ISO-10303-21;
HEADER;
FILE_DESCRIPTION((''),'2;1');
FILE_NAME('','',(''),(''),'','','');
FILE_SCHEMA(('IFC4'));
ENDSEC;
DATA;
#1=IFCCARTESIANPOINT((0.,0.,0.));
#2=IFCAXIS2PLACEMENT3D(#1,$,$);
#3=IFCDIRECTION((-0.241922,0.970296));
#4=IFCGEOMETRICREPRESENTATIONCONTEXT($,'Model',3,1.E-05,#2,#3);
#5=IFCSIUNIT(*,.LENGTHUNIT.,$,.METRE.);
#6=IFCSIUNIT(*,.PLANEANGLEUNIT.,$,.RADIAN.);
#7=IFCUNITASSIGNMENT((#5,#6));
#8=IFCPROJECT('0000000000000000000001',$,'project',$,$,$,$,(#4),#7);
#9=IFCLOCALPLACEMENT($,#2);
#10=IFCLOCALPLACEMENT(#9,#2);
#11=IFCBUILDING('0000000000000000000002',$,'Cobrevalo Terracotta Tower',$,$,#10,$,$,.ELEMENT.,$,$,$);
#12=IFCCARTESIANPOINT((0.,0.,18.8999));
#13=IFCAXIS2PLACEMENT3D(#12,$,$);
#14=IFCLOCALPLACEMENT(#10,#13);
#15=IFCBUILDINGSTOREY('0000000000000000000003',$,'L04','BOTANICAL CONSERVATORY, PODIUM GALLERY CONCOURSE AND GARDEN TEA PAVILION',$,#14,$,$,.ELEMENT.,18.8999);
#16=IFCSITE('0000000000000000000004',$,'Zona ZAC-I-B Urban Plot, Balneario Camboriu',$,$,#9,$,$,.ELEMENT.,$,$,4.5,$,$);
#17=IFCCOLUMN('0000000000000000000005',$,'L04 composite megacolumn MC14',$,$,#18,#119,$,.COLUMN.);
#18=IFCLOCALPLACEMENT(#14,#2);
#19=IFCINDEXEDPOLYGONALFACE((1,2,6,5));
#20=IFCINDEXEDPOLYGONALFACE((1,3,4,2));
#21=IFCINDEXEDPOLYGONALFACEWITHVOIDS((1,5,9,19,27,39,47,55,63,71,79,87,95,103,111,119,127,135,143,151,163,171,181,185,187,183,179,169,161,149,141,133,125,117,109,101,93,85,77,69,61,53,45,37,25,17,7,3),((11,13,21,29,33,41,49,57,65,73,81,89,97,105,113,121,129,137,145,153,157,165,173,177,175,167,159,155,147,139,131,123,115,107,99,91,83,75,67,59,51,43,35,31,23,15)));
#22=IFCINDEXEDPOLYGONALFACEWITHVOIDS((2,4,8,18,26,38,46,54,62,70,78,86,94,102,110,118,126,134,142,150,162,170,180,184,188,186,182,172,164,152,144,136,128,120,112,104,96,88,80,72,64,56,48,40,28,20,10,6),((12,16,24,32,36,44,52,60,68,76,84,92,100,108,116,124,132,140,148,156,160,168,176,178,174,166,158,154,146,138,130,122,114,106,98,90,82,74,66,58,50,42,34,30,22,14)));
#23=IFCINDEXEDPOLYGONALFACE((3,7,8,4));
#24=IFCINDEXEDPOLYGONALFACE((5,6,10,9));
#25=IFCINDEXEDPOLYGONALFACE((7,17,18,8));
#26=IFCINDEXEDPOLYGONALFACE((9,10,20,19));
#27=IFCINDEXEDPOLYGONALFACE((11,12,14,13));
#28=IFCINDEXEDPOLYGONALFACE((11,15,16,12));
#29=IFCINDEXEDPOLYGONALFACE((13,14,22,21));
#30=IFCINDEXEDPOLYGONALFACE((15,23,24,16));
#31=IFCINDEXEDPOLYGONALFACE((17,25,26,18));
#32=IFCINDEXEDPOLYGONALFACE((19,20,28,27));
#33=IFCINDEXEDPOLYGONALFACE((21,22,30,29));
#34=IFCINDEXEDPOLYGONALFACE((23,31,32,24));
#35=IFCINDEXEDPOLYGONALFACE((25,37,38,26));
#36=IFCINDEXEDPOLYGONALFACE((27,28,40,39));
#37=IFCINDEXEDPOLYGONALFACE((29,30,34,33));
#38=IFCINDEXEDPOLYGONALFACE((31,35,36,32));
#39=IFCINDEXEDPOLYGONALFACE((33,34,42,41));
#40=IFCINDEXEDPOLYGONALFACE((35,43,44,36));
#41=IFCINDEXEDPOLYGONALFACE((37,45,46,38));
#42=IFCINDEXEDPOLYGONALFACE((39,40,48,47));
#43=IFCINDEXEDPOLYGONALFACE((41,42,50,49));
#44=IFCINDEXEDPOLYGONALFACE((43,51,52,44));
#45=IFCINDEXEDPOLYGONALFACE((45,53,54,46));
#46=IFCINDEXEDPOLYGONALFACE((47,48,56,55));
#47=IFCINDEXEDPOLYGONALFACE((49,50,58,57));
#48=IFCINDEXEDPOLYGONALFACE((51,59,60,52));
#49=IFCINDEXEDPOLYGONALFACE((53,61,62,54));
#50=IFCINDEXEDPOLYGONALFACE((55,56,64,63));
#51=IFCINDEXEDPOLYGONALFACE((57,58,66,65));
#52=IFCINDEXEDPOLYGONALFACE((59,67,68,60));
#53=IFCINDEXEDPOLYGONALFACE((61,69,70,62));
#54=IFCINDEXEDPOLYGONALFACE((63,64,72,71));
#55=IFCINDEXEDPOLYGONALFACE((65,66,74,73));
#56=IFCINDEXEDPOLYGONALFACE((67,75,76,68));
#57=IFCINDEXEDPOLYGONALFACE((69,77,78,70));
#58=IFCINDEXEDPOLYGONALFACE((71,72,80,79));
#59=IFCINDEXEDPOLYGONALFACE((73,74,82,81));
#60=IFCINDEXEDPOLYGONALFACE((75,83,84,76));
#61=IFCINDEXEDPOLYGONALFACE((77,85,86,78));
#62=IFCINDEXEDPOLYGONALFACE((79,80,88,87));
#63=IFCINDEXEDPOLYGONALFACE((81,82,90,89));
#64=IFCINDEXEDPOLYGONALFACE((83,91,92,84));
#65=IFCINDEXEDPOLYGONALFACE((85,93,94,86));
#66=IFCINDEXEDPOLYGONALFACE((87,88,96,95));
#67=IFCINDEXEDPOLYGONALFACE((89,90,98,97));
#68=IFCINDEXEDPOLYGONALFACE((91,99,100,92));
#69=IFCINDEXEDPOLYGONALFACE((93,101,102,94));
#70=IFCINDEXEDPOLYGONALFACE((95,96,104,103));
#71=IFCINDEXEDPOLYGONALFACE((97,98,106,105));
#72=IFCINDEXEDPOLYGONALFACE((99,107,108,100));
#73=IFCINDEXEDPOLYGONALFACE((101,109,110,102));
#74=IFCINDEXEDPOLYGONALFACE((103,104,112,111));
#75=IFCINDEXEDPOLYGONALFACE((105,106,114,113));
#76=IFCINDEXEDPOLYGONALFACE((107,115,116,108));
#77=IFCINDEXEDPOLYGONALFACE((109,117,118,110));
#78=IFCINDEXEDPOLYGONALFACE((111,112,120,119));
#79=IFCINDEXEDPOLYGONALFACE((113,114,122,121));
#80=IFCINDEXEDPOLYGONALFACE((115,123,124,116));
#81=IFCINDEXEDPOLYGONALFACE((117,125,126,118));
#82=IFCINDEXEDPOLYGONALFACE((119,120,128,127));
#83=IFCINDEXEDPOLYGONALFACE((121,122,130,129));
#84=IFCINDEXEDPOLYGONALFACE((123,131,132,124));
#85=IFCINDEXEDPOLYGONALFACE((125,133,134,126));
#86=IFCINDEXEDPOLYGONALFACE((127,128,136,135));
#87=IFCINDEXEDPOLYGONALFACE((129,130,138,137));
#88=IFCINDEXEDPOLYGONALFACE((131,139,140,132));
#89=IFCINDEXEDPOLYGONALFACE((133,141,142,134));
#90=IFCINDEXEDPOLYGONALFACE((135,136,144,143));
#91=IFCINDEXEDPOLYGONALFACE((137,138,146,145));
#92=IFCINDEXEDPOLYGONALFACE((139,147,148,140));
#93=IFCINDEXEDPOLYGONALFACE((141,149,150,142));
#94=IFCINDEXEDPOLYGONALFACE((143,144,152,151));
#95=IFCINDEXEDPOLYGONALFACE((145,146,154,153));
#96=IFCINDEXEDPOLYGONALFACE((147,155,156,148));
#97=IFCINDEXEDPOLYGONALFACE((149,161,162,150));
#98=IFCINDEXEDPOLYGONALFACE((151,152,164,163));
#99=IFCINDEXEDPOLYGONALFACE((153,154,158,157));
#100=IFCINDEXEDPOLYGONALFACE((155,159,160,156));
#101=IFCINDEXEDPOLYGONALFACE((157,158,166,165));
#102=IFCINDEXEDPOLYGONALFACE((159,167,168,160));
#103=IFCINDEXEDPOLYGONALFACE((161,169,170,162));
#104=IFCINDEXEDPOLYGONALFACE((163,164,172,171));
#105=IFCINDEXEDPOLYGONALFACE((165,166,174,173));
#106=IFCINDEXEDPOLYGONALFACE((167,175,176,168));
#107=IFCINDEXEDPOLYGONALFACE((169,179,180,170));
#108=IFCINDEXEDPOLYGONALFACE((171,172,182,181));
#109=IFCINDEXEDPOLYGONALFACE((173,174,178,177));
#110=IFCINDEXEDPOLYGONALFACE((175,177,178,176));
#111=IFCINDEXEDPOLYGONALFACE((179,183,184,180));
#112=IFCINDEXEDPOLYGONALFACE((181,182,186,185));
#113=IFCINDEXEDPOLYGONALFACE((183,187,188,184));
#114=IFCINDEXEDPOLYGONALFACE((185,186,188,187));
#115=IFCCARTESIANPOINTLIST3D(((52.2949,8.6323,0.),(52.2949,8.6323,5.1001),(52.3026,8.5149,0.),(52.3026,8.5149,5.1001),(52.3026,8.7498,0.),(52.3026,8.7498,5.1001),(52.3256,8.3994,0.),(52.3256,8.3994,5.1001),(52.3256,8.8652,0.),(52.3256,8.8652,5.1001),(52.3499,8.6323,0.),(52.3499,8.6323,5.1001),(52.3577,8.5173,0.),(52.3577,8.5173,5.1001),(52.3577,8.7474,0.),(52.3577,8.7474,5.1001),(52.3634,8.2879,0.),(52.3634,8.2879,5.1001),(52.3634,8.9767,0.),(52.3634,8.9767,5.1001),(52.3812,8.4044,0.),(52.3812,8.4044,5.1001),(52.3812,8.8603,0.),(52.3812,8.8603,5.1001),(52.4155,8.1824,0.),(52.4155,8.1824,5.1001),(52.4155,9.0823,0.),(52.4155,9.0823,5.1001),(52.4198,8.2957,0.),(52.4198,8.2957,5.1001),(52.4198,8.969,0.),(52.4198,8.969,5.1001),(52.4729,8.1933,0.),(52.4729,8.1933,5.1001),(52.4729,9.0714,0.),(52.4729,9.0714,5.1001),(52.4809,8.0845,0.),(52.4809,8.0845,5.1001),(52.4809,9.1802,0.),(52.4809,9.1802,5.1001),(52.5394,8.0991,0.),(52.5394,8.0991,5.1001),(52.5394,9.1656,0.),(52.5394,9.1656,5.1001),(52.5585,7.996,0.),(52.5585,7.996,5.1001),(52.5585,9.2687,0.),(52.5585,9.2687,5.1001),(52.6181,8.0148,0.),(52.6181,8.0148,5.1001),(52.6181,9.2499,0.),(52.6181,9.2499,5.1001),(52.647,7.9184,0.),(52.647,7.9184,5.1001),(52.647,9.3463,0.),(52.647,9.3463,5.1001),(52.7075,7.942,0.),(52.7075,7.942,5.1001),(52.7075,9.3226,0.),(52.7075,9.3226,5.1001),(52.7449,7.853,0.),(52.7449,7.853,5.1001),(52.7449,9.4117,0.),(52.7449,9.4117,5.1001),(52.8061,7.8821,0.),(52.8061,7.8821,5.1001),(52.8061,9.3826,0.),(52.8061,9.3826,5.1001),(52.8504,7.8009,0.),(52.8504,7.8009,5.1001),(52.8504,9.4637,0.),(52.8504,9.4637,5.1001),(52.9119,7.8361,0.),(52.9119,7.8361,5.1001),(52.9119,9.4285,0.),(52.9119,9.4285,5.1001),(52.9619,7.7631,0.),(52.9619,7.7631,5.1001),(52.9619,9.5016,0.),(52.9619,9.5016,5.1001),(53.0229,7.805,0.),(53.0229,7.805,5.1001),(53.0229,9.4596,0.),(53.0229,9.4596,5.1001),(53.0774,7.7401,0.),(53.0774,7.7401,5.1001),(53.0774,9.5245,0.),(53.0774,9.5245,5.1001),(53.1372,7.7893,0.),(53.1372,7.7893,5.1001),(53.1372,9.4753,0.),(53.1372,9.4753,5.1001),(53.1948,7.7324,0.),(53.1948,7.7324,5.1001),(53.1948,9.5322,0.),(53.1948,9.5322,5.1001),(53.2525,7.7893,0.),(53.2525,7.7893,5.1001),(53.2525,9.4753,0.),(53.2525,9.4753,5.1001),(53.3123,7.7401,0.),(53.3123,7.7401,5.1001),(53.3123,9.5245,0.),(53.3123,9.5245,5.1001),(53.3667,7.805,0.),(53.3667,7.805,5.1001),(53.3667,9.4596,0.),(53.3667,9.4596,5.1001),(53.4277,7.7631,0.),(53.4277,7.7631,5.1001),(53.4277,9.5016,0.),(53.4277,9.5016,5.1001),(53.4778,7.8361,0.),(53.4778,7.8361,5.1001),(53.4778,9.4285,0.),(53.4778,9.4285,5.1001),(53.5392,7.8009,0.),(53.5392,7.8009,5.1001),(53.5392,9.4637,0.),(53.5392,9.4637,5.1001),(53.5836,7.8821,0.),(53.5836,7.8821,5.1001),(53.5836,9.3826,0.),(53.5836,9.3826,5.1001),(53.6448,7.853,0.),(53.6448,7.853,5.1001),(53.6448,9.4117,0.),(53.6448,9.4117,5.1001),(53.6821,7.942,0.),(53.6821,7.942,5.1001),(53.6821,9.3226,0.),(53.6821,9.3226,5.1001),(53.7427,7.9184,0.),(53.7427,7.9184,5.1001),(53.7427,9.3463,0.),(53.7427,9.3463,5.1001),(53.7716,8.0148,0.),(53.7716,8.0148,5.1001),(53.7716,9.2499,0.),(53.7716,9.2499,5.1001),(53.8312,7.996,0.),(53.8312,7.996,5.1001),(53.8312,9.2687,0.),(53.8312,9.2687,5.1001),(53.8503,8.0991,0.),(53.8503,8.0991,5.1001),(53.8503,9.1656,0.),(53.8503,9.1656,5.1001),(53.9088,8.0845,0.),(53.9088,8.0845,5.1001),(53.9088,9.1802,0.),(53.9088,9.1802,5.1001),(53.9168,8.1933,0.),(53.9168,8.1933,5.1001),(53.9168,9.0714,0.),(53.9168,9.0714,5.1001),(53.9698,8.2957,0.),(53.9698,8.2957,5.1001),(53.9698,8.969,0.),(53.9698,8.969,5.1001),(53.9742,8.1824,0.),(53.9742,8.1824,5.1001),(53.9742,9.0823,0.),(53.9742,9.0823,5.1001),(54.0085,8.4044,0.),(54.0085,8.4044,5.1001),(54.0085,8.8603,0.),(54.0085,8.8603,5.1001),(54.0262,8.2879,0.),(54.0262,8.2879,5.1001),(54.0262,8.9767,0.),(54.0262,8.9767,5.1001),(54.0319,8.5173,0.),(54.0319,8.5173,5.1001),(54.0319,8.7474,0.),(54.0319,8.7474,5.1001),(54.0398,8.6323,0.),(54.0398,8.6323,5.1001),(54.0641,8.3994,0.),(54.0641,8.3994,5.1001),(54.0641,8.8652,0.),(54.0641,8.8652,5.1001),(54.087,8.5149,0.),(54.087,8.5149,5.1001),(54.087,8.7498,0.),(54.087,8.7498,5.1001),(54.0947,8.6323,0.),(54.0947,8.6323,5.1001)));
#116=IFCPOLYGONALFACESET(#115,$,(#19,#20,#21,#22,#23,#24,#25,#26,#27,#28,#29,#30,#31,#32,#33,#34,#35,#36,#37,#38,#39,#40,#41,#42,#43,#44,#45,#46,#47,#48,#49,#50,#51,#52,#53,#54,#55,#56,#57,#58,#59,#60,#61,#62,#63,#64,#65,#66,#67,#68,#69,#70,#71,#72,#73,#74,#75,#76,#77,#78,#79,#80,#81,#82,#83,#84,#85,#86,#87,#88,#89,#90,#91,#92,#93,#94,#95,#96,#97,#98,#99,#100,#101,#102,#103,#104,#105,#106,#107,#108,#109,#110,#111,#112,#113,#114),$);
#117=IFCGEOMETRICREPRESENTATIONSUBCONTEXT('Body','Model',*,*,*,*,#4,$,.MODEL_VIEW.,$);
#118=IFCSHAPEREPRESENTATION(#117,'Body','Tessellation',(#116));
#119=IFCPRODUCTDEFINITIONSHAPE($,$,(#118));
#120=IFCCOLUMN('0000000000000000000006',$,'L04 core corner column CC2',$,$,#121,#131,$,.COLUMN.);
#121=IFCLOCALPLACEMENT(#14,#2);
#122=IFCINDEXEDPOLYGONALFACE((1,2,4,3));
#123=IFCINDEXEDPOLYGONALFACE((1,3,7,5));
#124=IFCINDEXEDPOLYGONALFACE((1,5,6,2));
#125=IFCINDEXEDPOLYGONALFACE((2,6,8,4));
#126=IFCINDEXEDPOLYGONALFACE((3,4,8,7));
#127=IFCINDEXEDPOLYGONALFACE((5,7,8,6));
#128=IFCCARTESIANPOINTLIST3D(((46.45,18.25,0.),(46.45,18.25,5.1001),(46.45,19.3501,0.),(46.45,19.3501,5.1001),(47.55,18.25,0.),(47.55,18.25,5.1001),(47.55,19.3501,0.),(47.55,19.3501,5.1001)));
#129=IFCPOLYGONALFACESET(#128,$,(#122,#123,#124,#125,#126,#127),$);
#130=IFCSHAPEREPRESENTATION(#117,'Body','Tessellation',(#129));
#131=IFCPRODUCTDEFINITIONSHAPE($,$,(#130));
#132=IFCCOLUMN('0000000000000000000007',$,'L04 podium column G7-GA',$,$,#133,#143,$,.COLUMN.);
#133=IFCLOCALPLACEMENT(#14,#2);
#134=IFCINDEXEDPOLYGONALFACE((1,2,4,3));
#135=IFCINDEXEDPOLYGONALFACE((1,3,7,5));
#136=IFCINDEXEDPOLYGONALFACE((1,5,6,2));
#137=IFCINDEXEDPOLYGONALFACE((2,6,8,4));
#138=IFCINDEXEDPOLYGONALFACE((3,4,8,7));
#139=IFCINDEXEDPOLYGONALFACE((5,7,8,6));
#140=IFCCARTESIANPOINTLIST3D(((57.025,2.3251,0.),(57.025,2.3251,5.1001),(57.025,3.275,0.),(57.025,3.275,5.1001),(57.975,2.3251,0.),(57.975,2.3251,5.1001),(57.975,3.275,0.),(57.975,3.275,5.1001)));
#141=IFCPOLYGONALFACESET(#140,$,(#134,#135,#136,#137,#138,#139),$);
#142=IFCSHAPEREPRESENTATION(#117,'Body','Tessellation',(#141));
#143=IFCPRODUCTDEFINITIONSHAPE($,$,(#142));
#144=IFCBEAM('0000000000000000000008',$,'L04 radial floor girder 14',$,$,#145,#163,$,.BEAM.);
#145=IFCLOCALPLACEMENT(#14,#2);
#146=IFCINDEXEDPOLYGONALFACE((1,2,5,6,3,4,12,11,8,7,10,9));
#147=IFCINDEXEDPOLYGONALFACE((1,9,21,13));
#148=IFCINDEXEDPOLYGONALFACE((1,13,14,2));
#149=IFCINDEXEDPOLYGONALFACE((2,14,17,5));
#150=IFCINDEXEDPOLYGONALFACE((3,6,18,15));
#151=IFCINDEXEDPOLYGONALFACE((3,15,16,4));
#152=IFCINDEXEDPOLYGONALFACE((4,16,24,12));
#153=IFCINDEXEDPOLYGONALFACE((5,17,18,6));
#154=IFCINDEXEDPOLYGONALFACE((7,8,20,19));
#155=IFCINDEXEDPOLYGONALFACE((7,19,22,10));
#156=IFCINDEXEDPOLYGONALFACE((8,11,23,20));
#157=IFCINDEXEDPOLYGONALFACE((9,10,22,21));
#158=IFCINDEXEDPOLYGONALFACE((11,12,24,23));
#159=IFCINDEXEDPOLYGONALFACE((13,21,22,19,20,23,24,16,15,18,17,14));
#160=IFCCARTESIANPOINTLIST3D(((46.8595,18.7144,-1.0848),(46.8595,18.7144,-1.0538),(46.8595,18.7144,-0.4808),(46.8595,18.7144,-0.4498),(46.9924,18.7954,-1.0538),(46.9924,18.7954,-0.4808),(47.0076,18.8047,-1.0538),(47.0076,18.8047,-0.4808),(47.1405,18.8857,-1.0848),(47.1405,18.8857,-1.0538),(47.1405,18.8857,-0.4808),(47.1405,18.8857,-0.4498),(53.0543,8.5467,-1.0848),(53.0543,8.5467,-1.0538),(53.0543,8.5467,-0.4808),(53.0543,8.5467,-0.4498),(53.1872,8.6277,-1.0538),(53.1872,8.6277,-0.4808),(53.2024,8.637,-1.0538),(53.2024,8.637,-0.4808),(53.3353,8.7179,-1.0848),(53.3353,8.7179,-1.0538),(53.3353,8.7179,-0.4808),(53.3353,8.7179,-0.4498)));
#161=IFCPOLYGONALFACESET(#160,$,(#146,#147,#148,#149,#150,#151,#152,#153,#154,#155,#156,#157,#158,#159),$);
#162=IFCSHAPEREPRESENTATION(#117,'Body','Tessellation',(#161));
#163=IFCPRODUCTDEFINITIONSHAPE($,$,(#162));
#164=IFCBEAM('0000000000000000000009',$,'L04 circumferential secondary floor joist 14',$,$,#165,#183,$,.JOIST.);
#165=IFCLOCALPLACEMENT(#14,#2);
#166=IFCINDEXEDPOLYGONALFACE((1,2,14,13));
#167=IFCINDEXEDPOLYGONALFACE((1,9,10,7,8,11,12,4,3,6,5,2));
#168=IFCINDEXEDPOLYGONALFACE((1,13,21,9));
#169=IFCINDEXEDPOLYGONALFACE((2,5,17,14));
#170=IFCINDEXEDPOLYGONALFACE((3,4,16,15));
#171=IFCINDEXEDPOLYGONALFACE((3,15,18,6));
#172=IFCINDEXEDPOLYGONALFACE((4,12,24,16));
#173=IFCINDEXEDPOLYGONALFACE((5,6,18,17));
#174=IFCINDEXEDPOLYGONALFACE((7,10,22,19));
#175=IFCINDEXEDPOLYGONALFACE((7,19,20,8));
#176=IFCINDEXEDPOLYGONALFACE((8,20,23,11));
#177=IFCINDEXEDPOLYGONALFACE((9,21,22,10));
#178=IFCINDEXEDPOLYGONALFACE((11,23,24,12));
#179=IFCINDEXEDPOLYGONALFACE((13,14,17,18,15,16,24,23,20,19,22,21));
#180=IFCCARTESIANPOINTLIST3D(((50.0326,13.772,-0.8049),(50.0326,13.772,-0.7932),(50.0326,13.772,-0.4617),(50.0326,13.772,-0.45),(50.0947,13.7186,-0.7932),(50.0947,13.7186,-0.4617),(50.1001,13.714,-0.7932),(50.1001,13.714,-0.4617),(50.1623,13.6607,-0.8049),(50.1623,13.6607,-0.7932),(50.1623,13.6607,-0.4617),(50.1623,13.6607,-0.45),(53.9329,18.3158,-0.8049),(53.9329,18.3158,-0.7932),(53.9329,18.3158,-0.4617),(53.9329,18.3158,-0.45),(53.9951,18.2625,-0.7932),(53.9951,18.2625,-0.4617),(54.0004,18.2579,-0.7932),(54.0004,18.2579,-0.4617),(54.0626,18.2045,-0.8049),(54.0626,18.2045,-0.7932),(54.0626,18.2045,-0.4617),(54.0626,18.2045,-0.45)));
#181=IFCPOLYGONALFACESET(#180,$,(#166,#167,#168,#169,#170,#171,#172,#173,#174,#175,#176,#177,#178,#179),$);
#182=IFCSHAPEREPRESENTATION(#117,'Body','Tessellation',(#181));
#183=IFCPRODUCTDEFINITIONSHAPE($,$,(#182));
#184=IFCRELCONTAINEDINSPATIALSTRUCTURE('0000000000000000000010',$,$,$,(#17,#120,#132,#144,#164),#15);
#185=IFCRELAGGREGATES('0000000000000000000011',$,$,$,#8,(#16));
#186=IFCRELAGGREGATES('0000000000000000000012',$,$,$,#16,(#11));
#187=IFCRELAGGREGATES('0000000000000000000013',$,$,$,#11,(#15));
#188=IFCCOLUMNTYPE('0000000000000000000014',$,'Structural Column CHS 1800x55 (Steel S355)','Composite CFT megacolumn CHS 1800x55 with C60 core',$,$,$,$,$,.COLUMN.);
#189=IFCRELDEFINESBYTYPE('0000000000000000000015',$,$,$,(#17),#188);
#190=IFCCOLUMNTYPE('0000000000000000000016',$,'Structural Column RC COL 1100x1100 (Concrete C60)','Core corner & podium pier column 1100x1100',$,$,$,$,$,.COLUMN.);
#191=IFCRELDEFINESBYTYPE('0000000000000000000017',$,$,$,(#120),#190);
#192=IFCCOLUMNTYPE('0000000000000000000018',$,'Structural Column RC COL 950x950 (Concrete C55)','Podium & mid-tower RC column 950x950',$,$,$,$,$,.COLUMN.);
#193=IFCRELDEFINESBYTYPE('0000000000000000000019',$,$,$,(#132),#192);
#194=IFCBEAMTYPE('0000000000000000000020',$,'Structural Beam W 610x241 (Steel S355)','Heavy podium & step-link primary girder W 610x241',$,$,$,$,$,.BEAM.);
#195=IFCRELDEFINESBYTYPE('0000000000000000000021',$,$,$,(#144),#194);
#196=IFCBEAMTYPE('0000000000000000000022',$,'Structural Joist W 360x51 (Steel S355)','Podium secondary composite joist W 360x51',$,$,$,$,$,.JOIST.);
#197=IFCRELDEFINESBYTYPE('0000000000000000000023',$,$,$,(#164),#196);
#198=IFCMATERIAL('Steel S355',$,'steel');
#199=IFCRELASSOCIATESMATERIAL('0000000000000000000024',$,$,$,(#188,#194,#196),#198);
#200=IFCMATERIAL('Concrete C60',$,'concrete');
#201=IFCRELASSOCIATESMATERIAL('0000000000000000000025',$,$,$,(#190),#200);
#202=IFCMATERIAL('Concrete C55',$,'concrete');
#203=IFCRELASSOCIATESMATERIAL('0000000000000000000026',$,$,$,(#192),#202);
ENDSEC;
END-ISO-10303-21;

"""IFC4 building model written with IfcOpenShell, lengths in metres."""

from ifc_helpers import new_model, si_unit, direction, frame, origin, origin_2d, place, context, subcontext, project, spatial, rectangle, hollow_circle, i_section, extrude, material, material_profile, profile_set, type_object, element, save


model = new_model("IFC4")

# Units and contexts
model_context = context("Model", 3, precision=1e-05, world=origin(), true_north=direction((-0.241922, 0.970296)))
body_context = subcontext(model_context, "Body", "Model", "MODEL_VIEW")
ifc_project = project(units=[si_unit("LENGTHUNIT", "METRE"), si_unit("PLANEANGLEUNIT", "RADIAN")], contexts=[model_context])

# Site, building, storey
site_placement = place(None, origin())
site = spatial("IfcSite", under=ifc_project, at=site_placement, Name="Zona ZAC-I-B Urban Plot, Balneario Camboriu", CompositionType="ELEMENT", RefElevation=4.5)
building_placement = place(site_placement, origin())
building = spatial("IfcBuilding", under=site, at=building_placement, Name="Cobrevalo Terracotta Tower", CompositionType="ELEMENT")
storey_placement = place(building_placement, frame((0.0, 0.0, 18.8999)))
storey = spatial("IfcBuildingStorey", under=building, at=storey_placement, Name="L04", Description="BOTANICAL CONSERVATORY, PODIUM GALLERY CONCOURSE AND GARDEN TEA PAVILION", CompositionType="ELEMENT", Elevation=18.8999)

# Columns
ifc_material_1 = material(Name="Steel S355", Category="steel")
ifc_material_profile_1 = material_profile(ifc_material_1, hollow_circle(Radius=0.8999, WallThickness=0.0549, at=origin_2d()), Name="CHS 1800x55")
ifc_profile_set_1 = profile_set([ifc_material_profile_1], Name="Steel S355")
column_type_1 = type_object("IfcColumnType", Name="Structural Column CHS 1800x55 (Steel S355)", Description="Composite CFT megacolumn CHS 1800x55 with C60 core", PredefinedType="COLUMN", material=ifc_profile_set_1)
column_1_placement = place(storey_placement, frame((53.1948, 8.6323, 0.0), z_axis=(0.0, 0.0, 1.0), x_axis=(1.0, 0.0, 0.0)))
element("IfcColumn", 1, at=column_1_placement, inside=storey, type_object=column_type_1, Name="L04 composite megacolumn MC14", PredefinedType="COLUMN", context=body_context, shape_type="SweptSolid", body=[
    extrude(hollow_circle(Radius=0.8999, WallThickness=0.0549, at=origin_2d()), origin(), (0.0, 0.0, 1.0), 5.1001),
])
ifc_material_2 = material(Name="Concrete C60", Category="concrete")
ifc_material_profile_2 = material_profile(ifc_material_2, rectangle(XDim=1.1001, YDim=1.1001, at=origin_2d()), Name="RC COL 1100x1100")
ifc_profile_set_2 = profile_set([ifc_material_profile_2], Name="Concrete C60")
column_type_2 = type_object("IfcColumnType", Name="Structural Column RC COL 1100x1100 (Concrete C60)", Description="Core corner & podium pier column 1100x1100", PredefinedType="COLUMN", material=ifc_profile_set_2)
column_2_placement = place(storey_placement, frame((47.0, 18.8, 0.0), z_axis=(0.0, 0.0, 1.0), x_axis=(1.0, 0.0, 0.0)))
element("IfcColumn", 2, at=column_2_placement, inside=storey, type_object=column_type_2, Name="L04 core corner column CC2", PredefinedType="COLUMN", context=body_context, shape_type="SweptSolid", body=[
    extrude(rectangle(XDim=1.1001, YDim=1.1001, at=origin_2d()), origin(), (0.0, 0.0, 1.0), 5.1001),
])
ifc_material_3 = material(Name="Concrete C55", Category="concrete")
ifc_material_profile_3 = material_profile(ifc_material_3, rectangle(XDim=0.95, YDim=0.95, at=origin_2d()), Name="RC COL 950x950")
ifc_profile_set_3 = profile_set([ifc_material_profile_3], Name="Concrete C55")
column_type_3 = type_object("IfcColumnType", Name="Structural Column RC COL 950x950 (Concrete C55)", Description="Podium & mid-tower RC column 950x950", PredefinedType="COLUMN", material=ifc_profile_set_3)
column_3_placement = place(storey_placement, frame((57.5, 2.8, 0.0), z_axis=(0.0, 0.0, 1.0), x_axis=(1.0, 0.0, 0.0)))
element("IfcColumn", 3, at=column_3_placement, inside=storey, type_object=column_type_3, Name="L04 podium column G7-GA", PredefinedType="COLUMN", context=body_context, shape_type="SweptSolid", body=[
    extrude(rectangle(XDim=0.95, YDim=0.95, at=origin_2d()), origin(), (0.0, 0.0, 1.0), 5.1001),
])

# Beams
ifc_material_profile_4 = material_profile(ifc_material_1, i_section(OverallWidth=0.3291, OverallDepth=0.635, WebThickness=0.0178, FlangeThickness=0.031, at=origin_2d()), Name="W 610x241")
ifc_profile_set_4 = profile_set([ifc_material_profile_4], Name="Steel S355")
beam_type_1 = type_object("IfcBeamType", Name="Structural Beam W 610x241 (Steel S355)", Description="Heavy podium & step-link primary girder W 610x241", PredefinedType="BEAM", material=ifc_profile_set_4)
beam_1_placement = place(storey_placement, frame((53.1948, 8.6323, -0.7673), z_axis=(-0.520301, 0.853983, 0.0), x_axis=(-0.853983, -0.520301, 0.0)))
element("IfcBeam", 4, at=beam_1_placement, inside=storey, type_object=beam_type_1, Name="L04 radial floor girder 14", PredefinedType="BEAM", context=body_context, shape_type="SweptSolid", body=[
    extrude(i_section(OverallWidth=0.3291, OverallDepth=0.635, WebThickness=0.0178, FlangeThickness=0.031, at=origin_2d()), origin(), (0.0, 0.0, 1.0), 11.9062),
])
ifc_material_profile_5 = material_profile(ifc_material_1, i_section(OverallWidth=0.1709, OverallDepth=0.355, WebThickness=0.0071, FlangeThickness=0.0117, at=origin_2d()), Name="W 360x51")
ifc_profile_set_5 = profile_set([ifc_material_profile_5], Name="Steel S355")
beam_type_2 = type_object("IfcBeamType", Name="Structural Joist W 360x51 (Steel S355)", Description="Podium secondary composite joist W 360x51", PredefinedType="JOIST", material=ifc_profile_set_5)
beam_2_placement = place(storey_placement, frame((50.0974, 13.7163, -0.6274), z_axis=(0.651328, 0.758796, 0.0), x_axis=(-0.758796, 0.651328, 0.0)))
element("IfcBeam", 5, at=beam_2_placement, inside=storey, type_object=beam_type_2, Name="L04 circumferential secondary floor joist 14", PredefinedType="JOIST", context=body_context, shape_type="SweptSolid", body=[
    extrude(i_section(OverallWidth=0.1709, OverallDepth=0.355, WebThickness=0.0071, FlangeThickness=0.0117, at=origin_2d()), origin(), (0.0, 0.0, 1.0), 5.9883),
])

save(model, "model.ifc")
